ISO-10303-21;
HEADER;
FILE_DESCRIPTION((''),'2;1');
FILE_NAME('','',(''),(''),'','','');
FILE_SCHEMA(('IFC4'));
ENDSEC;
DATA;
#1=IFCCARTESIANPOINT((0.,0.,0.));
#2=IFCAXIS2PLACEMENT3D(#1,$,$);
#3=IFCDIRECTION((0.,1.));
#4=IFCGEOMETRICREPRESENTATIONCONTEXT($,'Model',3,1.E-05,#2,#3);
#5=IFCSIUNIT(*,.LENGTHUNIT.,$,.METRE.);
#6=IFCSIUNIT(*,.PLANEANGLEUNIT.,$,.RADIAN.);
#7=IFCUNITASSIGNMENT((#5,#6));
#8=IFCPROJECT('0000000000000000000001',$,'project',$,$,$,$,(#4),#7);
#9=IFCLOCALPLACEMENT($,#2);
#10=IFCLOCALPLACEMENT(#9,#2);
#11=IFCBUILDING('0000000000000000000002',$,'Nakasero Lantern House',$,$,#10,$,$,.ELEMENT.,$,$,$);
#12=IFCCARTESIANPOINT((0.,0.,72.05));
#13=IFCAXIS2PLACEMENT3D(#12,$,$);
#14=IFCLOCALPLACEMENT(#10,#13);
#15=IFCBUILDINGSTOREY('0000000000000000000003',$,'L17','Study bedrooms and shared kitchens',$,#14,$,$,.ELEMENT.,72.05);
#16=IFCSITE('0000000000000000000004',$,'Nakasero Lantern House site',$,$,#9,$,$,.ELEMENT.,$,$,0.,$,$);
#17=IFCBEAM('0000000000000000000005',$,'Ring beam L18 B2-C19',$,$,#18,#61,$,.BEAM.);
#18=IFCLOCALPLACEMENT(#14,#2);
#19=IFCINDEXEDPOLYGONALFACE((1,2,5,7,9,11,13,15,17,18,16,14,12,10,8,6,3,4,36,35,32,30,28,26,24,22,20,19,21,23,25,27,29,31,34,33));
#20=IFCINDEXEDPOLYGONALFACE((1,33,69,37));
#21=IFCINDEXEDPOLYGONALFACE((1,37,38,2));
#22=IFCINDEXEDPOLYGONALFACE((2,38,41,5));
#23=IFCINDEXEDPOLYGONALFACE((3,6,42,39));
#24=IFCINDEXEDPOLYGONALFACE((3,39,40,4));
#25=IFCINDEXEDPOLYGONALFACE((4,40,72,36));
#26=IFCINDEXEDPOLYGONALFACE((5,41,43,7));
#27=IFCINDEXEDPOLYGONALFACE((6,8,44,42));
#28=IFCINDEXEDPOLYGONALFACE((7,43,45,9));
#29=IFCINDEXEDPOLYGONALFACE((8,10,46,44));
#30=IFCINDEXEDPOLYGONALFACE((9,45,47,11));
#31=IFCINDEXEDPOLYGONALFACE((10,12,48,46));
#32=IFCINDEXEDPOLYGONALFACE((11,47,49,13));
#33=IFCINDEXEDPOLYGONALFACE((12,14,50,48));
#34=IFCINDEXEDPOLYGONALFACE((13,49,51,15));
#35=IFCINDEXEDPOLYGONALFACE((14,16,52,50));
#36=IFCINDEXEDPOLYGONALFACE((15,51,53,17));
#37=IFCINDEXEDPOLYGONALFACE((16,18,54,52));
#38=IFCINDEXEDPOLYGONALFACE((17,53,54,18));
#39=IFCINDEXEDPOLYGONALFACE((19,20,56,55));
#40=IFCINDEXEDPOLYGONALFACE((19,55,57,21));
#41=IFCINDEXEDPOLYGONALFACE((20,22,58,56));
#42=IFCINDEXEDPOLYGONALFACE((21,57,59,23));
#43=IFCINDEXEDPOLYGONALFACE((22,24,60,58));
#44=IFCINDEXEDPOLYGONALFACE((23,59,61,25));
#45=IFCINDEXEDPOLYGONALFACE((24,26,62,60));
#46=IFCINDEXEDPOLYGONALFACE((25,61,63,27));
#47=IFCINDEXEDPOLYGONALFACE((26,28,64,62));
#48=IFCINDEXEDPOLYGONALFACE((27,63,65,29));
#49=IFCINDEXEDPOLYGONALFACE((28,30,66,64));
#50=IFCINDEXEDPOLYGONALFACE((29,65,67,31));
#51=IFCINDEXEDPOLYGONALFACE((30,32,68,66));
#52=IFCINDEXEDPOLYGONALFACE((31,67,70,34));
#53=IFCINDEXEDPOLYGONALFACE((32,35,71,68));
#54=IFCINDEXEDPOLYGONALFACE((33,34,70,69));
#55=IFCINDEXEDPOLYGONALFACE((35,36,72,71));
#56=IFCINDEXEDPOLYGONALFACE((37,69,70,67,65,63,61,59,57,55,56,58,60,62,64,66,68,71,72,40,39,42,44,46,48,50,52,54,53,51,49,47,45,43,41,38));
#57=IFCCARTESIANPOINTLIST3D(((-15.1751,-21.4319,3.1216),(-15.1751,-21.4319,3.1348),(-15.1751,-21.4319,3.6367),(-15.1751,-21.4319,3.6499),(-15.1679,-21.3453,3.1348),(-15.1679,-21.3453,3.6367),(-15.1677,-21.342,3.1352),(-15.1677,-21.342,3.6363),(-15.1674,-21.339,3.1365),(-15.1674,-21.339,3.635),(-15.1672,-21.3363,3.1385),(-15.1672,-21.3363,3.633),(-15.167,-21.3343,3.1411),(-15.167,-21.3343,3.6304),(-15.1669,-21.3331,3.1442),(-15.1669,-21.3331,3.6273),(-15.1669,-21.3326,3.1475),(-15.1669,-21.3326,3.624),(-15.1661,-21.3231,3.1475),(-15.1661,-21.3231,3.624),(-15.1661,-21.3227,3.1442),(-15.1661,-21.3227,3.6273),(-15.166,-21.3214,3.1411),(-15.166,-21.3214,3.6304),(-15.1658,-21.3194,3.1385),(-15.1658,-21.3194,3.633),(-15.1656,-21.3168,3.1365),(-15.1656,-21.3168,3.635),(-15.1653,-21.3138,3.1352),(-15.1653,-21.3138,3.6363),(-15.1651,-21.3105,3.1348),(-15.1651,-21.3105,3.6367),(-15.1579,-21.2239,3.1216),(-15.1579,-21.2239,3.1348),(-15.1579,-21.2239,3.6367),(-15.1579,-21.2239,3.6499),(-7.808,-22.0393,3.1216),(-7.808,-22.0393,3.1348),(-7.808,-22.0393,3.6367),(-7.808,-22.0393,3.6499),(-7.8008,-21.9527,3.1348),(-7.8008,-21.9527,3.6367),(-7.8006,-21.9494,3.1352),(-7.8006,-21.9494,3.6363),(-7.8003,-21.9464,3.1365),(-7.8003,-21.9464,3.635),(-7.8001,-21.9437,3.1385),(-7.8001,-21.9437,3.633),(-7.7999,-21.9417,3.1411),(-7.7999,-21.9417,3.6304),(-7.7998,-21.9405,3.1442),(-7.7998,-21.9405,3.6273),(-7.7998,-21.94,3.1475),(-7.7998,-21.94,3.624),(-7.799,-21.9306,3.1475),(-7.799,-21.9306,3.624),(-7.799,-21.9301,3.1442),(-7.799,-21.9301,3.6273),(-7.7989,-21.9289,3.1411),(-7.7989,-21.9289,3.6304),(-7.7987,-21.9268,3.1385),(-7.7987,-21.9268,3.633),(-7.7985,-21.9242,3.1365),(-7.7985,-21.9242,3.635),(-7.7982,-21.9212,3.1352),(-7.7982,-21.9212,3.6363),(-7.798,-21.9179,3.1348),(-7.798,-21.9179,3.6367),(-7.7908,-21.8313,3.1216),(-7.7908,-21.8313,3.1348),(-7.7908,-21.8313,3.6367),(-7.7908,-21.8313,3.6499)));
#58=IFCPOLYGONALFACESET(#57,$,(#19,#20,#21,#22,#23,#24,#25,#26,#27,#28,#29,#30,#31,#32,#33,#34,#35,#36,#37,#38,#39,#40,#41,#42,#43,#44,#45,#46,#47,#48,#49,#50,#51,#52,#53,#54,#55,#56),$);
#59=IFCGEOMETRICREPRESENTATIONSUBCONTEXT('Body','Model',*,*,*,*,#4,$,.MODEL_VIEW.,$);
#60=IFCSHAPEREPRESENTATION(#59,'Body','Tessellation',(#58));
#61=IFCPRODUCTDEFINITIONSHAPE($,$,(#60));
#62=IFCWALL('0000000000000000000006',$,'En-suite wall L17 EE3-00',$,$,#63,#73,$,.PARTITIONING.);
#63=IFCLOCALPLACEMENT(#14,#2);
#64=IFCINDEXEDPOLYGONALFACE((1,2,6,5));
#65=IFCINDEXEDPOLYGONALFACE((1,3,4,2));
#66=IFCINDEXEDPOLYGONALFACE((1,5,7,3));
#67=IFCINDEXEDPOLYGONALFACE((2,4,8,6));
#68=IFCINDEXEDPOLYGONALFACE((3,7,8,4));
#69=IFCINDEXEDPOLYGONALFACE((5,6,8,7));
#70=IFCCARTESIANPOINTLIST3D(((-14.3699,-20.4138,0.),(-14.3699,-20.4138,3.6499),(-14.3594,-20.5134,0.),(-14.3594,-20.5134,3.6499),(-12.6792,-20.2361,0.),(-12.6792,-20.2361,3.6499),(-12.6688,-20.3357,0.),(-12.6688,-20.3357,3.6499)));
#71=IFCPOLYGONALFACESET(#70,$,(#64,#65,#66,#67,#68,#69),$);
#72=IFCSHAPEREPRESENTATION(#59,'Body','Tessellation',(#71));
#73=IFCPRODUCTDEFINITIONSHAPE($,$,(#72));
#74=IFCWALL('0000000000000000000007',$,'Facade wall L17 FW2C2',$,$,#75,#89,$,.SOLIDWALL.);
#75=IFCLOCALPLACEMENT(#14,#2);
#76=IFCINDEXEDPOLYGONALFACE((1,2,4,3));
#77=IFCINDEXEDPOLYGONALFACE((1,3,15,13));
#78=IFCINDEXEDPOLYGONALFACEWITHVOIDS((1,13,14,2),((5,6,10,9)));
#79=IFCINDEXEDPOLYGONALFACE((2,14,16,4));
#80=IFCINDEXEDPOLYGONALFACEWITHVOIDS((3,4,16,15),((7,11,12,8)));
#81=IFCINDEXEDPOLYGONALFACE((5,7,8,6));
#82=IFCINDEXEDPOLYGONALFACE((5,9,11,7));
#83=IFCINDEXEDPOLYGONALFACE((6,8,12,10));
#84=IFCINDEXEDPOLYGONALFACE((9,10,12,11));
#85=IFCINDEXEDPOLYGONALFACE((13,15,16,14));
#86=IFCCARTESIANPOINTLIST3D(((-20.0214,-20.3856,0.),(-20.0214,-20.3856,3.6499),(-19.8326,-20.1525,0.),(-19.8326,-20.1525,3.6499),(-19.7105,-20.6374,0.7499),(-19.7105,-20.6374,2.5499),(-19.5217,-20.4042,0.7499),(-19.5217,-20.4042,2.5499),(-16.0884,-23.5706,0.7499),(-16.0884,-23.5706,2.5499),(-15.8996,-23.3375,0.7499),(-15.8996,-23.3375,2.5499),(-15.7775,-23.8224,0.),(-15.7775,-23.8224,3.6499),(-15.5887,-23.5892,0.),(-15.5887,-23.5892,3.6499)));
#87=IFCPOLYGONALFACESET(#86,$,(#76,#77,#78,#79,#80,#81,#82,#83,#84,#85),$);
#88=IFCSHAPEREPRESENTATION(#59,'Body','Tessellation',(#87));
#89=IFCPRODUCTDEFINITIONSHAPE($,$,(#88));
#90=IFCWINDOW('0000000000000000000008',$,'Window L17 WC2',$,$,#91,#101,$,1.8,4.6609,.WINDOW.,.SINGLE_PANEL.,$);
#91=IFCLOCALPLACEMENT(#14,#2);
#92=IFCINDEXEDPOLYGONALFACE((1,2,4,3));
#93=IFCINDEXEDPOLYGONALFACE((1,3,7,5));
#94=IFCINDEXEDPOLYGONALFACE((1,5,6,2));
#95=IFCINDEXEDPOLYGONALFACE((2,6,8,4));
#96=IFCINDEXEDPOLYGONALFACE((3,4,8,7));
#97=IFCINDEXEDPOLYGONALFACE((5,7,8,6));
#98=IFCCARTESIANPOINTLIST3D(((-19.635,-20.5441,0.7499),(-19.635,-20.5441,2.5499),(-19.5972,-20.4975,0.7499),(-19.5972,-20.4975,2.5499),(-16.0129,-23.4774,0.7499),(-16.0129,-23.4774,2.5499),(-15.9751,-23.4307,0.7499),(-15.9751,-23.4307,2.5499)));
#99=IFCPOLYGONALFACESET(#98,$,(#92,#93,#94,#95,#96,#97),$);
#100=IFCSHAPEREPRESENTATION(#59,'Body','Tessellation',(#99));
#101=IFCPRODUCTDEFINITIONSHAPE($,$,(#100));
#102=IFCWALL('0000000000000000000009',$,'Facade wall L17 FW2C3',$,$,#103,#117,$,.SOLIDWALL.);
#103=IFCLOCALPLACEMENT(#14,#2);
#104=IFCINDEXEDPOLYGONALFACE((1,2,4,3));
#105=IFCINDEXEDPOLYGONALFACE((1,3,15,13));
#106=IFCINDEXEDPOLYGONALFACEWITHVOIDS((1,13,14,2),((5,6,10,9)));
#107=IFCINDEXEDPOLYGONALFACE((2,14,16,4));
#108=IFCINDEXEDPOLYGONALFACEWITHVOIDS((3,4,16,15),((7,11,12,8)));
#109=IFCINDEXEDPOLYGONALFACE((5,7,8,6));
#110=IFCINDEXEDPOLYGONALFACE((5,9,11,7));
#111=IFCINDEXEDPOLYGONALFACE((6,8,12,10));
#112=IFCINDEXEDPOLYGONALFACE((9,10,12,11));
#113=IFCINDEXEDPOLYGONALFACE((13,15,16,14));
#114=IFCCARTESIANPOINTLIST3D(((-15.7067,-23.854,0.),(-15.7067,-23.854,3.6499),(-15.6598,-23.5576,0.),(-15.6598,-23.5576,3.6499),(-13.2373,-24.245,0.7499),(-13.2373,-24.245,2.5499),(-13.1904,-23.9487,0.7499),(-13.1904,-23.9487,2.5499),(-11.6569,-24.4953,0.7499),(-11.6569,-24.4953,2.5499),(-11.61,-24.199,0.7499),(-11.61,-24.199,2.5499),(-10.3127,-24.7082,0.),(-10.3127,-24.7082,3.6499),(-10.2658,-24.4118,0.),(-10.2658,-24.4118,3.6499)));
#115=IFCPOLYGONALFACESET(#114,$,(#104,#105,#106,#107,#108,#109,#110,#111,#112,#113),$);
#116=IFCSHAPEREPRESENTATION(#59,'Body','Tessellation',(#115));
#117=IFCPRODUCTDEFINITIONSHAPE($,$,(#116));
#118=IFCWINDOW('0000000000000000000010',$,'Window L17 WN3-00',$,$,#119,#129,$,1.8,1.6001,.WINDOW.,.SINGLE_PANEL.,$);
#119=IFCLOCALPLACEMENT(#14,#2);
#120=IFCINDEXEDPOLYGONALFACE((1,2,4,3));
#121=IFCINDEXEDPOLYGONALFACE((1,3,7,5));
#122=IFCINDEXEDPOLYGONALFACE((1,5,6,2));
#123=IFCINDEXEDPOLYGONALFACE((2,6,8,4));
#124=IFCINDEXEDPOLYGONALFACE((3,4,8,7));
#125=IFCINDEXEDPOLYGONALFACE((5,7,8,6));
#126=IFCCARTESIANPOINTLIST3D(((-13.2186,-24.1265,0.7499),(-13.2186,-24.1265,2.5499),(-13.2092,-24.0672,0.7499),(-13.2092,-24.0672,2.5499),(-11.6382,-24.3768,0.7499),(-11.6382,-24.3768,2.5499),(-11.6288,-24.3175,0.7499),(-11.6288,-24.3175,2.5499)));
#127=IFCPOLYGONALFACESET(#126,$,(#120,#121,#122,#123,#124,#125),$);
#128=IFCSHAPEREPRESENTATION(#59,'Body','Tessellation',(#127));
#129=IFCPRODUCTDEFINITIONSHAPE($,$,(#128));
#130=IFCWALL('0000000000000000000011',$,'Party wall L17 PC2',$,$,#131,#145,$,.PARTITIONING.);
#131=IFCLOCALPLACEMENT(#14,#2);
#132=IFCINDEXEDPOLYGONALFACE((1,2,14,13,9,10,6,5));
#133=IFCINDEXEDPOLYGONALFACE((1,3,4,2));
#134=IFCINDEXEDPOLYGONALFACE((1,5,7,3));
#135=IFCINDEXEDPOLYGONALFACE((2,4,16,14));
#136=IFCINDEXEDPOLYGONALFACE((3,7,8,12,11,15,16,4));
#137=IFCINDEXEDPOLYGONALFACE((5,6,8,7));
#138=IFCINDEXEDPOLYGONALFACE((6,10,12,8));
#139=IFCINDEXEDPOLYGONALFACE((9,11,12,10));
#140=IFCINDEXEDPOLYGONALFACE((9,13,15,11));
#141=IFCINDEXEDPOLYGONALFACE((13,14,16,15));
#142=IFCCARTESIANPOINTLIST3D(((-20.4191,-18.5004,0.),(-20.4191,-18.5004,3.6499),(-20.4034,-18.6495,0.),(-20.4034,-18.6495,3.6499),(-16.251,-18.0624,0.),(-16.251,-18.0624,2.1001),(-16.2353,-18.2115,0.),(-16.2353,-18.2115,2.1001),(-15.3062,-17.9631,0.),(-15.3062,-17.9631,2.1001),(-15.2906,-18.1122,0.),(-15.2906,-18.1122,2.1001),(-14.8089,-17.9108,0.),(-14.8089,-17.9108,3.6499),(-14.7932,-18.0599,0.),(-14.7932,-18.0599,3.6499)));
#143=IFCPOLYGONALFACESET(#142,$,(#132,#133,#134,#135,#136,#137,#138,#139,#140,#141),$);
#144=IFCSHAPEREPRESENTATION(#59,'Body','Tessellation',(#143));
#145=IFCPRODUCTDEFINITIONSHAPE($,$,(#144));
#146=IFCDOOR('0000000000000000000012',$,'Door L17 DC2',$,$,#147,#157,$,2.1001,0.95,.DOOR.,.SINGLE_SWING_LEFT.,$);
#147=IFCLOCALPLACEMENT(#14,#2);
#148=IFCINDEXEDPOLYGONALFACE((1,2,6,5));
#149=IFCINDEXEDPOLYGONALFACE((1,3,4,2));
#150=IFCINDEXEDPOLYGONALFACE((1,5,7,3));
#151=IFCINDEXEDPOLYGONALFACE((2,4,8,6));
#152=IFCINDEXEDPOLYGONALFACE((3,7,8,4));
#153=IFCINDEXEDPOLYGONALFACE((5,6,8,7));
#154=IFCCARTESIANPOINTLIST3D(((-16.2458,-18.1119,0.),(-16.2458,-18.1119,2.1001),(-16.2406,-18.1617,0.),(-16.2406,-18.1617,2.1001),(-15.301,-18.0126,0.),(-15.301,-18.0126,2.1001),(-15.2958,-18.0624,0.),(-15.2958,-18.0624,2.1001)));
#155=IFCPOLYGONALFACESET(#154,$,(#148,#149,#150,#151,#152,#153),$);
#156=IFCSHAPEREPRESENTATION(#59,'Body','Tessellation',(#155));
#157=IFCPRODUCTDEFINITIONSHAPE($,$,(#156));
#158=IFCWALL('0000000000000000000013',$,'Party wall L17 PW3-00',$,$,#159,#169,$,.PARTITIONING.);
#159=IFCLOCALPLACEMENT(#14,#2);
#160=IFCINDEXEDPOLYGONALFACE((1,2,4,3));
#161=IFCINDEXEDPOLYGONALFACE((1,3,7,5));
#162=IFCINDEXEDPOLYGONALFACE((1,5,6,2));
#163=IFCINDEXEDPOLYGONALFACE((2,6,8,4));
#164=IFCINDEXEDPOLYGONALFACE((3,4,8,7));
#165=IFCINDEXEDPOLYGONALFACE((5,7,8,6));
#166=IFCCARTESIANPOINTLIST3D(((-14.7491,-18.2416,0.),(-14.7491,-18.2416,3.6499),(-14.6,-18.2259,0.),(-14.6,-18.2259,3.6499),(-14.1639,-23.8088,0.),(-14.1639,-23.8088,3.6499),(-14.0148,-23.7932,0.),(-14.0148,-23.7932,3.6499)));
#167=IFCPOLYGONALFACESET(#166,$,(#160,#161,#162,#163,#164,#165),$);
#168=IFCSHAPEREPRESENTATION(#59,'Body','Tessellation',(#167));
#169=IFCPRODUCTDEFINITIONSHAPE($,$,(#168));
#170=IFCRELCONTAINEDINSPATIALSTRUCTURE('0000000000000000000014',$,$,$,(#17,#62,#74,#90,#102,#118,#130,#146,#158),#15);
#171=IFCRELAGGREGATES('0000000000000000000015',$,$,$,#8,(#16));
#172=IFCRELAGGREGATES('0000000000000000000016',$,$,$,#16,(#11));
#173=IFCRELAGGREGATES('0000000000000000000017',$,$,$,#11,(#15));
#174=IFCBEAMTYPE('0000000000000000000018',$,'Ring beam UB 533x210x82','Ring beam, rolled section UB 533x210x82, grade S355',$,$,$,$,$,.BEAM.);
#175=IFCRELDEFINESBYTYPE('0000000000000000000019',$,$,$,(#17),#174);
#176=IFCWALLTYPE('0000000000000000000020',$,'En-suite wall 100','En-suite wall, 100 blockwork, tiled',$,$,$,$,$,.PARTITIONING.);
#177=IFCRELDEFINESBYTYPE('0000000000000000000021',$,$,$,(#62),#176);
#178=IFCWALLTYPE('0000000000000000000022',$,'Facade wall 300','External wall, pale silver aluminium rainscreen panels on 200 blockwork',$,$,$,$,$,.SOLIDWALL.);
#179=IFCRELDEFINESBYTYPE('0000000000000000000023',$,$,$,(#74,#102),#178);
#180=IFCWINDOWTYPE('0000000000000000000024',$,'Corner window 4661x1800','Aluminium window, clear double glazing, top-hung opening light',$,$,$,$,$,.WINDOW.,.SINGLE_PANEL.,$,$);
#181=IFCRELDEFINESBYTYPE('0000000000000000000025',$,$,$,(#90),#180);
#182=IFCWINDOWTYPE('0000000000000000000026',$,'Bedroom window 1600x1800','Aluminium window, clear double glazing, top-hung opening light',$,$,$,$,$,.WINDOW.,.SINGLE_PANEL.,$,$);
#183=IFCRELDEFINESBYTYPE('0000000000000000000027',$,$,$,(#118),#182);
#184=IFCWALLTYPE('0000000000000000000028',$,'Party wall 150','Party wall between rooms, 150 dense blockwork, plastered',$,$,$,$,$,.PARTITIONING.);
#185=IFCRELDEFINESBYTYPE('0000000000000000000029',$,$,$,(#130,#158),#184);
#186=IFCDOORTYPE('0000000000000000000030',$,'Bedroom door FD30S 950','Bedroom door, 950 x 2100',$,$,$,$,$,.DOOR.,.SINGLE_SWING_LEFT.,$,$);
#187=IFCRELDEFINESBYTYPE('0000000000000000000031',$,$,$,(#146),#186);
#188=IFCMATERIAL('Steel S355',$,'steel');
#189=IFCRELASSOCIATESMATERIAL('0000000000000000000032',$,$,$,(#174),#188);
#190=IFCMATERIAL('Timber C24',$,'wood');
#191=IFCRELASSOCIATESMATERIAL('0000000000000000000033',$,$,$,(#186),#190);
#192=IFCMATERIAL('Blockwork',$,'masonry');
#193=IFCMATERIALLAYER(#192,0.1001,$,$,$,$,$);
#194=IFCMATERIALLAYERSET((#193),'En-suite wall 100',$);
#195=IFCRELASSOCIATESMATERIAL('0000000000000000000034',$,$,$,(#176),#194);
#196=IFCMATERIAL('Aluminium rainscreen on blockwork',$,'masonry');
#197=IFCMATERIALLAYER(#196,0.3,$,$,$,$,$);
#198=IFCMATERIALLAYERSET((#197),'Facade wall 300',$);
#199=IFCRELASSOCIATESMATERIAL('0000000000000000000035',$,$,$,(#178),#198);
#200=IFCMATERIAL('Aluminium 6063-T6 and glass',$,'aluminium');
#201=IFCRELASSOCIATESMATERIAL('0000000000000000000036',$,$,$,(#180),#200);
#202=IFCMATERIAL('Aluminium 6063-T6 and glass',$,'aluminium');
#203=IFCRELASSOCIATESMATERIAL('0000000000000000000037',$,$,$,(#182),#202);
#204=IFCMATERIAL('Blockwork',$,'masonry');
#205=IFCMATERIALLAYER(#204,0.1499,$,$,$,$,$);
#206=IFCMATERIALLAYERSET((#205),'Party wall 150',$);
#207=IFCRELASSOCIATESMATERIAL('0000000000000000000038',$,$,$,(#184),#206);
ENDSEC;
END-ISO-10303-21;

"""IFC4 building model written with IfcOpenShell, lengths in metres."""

from ifc_helpers import new_model, si_unit, direction, frame, frame_2d, origin, origin_2d, place, context, subcontext, project, spatial, rectangle, i_section, extrude, material, layer, layer_set, material_profile, profile_set, type_object, element, fill, save


model = new_model("IFC4")

# Units and contexts
model_context = context("Model", 3, precision=1e-05, world=origin(), true_north=direction((0.0, 1.0)))
body_context = subcontext(model_context, "Body", "Model", "MODEL_VIEW")
ifc_project = project(units=[si_unit("LENGTHUNIT", "METRE"), si_unit("PLANEANGLEUNIT", "RADIAN")], contexts=[model_context])

# Site, building, storey
site_placement = place(None, origin())
site = spatial("IfcSite", under=ifc_project, at=site_placement, Name="Nakasero Lantern House site", CompositionType="ELEMENT", RefElevation=0.0)
building_placement = place(site_placement, origin())
building = spatial("IfcBuilding", under=site, at=building_placement, Name="Nakasero Lantern House", CompositionType="ELEMENT")
storey_placement = place(building_placement, frame((0.0, 0.0, 72.05)))
storey = spatial("IfcBuildingStorey", under=building, at=storey_placement, Name="L17", Description="Study bedrooms and shared kitchens", CompositionType="ELEMENT", Elevation=72.05)

# Beam
ifc_material_1 = material(Name="Steel S355", Category="steel")
ifc_material_profile_1 = material_profile(ifc_material_1, i_section(OverallWidth=0.2087, OverallDepth=0.5283, WebThickness=0.0095, FlangeThickness=0.0132, FilletRadius=0.0127, at=origin_2d()), Name="UB 533x210x82")
ifc_profile_set_1 = profile_set([ifc_material_profile_1], Name="Steel S355")
beam_type_1 = type_object("IfcBeamType", Name="Ring beam UB 533x210x82", Description="Ring beam, rolled section UB 533x210x82, grade S355", PredefinedType="BEAM", material=ifc_profile_set_1)
beam_1_placement = place(storey_placement, frame((-15.1665, -21.3279, 3.3857), z_axis=(0.996618, -0.082171, 0.0), x_axis=(0.082171, 0.996618, 0.0)))
element("IfcBeam", 1, at=beam_1_placement, inside=storey, type_object=beam_type_1, Name="Ring beam L18 B2-C19", PredefinedType="BEAM", context=body_context, shape_type="SweptSolid", body=[
    extrude(i_section(OverallWidth=0.2087, OverallDepth=0.5283, WebThickness=0.0095, FlangeThickness=0.0132, FilletRadius=0.0127, at=origin_2d()), origin(), (0.0, 0.0, 1.0), 7.3921),
])

# Shared definitions
ifc_material_2 = material(Name="Timber C24", Category="wood")
door_type_1 = type_object("IfcDoorType", Name="Bedroom door FD30S 950", Description="Bedroom door, 950 x 2100", OperationType="SINGLE_SWING_LEFT", PredefinedType="DOOR", material=ifc_material_2)

# Wall
ifc_material_3 = material(Name="Blockwork", Category="masonry")
ifc_layer_1 = layer(ifc_material_3, 0.1001)
ifc_layer_set_1 = layer_set([ifc_layer_1], Name="En-suite wall 100")
wall_type_1 = type_object("IfcWallType", Name="En-suite wall 100", Description="En-suite wall, 100 blockwork, tiled", PredefinedType="PARTITIONING", material=ifc_layer_set_1)
wall_1_placement = place(storey_placement, frame((-14.3647, -20.4636, 0.0), z_axis=(0.0, 0.0, 1.0), x_axis=(0.99452, 0.10455, 0.0)))
element("IfcWall", 2, at=wall_1_placement, inside=storey, type_object=wall_type_1, Name="En-suite wall L17 EE3-00", PredefinedType="PARTITIONING", context=body_context, shape_type="SweptSolid", body=[
    extrude(rectangle(XDim=1.7, YDim=0.1001, at=frame_2d((0.8501, 0.0))), origin(), (0.0, 0.0, 1.0), 3.6499),
])

# Walls, openings, windows
ifc_material_4 = material(Name="Aluminium rainscreen on blockwork", Category="masonry")
ifc_layer_2 = layer(ifc_material_4, 0.3)
ifc_layer_set_2 = layer_set([ifc_layer_2], Name="Facade wall 300")
wall_type_2 = type_object("IfcWallType", Name="Facade wall 300", Description="External wall, pale silver aluminium rainscreen panels on 200 blockwork", PredefinedType="SOLIDWALL", material=ifc_layer_set_2)
wall_2_placement = place(storey_placement, frame((-19.927, -20.269, 0.0), z_axis=(0.0, 0.0, 1.0), x_axis=(0.777135, -0.629335, 0.0)))
wall_2 = element("IfcWall", 3, at=wall_2_placement, inside=storey, type_object=wall_type_2, Name="Facade wall L17 FW2C2", PredefinedType="SOLIDWALL", context=body_context, shape_type="SweptSolid", body=[
    extrude(rectangle(XDim=5.4609, YDim=0.3, at=frame_2d((2.7305, 0.0))), origin(), (0.0, 0.0, 1.0), 3.6499),
])
opening_1_placement = place(wall_2_placement, frame((0.3999, 0.0, 0.75)))
opening_1 = element("IfcOpeningElement", 4, at=opening_1_placement, cuts=wall_2, PredefinedType="OPENING", context=body_context, shape_type="SweptSolid", body=[
    extrude(rectangle(XDim=4.6609, YDim=1.8, at=frame_2d((2.3306, 0.8999))), frame((0.0, 0.1699, 0.0), z_axis=(0.0, -1.0, 0.0), x_axis=(1.0, 0.0, 0.0)), (0.0, 0.0, 1.0), 0.3401),
])
ifc_material_5 = material(Name="Aluminium 6063-T6 and glass", Category="aluminium")
window_type_1 = type_object("IfcWindowType", Name="Corner window 4661x1800", Description="Aluminium window, clear double glazing, top-hung opening light", PartitioningType="SINGLE_PANEL", PredefinedType="WINDOW", material=ifc_material_5)
window_1_placement = place(opening_1_placement, origin())
window_1 = element("IfcWindow", 5, at=window_1_placement, inside=storey, type_object=window_type_1, Name="Window L17 WC2", OverallHeight=1.8, OverallWidth=4.6609, PartitioningType="SINGLE_PANEL", PredefinedType="WINDOW", context=body_context, shape_type="SweptSolid", body=[
    extrude(rectangle(XDim=4.6609, YDim=1.8, at=frame_2d((2.3306, 0.8999))), frame((0.0, 0.03, 0.0), z_axis=(0.0, -1.0, 0.0), x_axis=(1.0, 0.0, 0.0)), (0.0, 0.0, 1.0), 0.0601),
])
fill(opening_1, window_1)
wall_3_placement = place(storey_placement, frame((-15.6831, -23.7058, 0.0), z_axis=(0.0, 0.0, 1.0), x_axis=(0.987691, -0.156419, 0.0)))
wall_3 = element("IfcWall", 6, at=wall_3_placement, inside=storey, type_object=wall_type_2, Name="Facade wall L17 FW2C3", PredefinedType="SOLIDWALL", context=body_context, shape_type="SweptSolid", body=[
    extrude(rectangle(XDim=5.4612, YDim=0.3, at=frame_2d((2.7305, 0.0))), origin(), (0.0, 0.0, 1.0), 3.6499),
])
opening_2_placement = place(wall_3_placement, frame((2.5, 0.0, 0.75)))
opening_2 = element("IfcOpeningElement", 7, at=opening_2_placement, cuts=wall_3, PredefinedType="OPENING", context=body_context, shape_type="SweptSolid", body=[
    extrude(rectangle(XDim=1.6001, YDim=1.8, at=frame_2d((0.8, 0.8999))), frame((0.0, 0.1699, 0.0), z_axis=(0.0, -1.0, 0.0), x_axis=(1.0, 0.0, 0.0)), (0.0, 0.0, 1.0), 0.3401),
])
ifc_material_6 = material(Name="Aluminium 6063-T6 and glass", Category="aluminium")
window_type_2 = type_object("IfcWindowType", Name="Bedroom window 1600x1800", Description="Aluminium window, clear double glazing, top-hung opening light", PartitioningType="SINGLE_PANEL", PredefinedType="WINDOW", material=ifc_material_6)
window_2_placement = place(opening_2_placement, origin())
window_2 = element("IfcWindow", 8, at=window_2_placement, inside=storey, type_object=window_type_2, Name="Window L17 WN3-00", OverallHeight=1.8, OverallWidth=1.6001, PartitioningType="SINGLE_PANEL", PredefinedType="WINDOW", context=body_context, shape_type="SweptSolid", body=[
    extrude(rectangle(XDim=1.6001, YDim=1.8, at=frame_2d((0.8, 0.8999))), frame((0.0, 0.03, 0.0), z_axis=(0.0, -1.0, 0.0), x_axis=(1.0, 0.0, 0.0)), (0.0, 0.0, 1.0), 0.0601),
])
fill(opening_2, window_2)

# Wall, opening, door
ifc_material_7 = material(Name="Blockwork", Category="masonry")
ifc_layer_3 = layer(ifc_material_7, 0.1499)
ifc_layer_set_3 = layer_set([ifc_layer_3], Name="Party wall 150")
wall_type_3 = type_object("IfcWallType", Name="Party wall 150", Description="Party wall between rooms, 150 dense blockwork, plastered", PredefinedType="PARTITIONING", material=ifc_layer_set_3)
wall_4_placement = place(storey_placement, frame((-14.801, -17.9854, 0.0), z_axis=(0.0, 0.0, 1.0), x_axis=(-0.994523, -0.10452, 0.0)))
wall_4 = element("IfcWall", 9, at=wall_4_placement, inside=storey, type_object=wall_type_3, Name="Party wall L17 PC2", PredefinedType="PARTITIONING", context=body_context, shape_type="SweptSolid", body=[
    extrude(rectangle(XDim=5.6411, YDim=0.1499, at=frame_2d((2.8206, 0.0))), origin(), (0.0, 0.0, 1.0), 3.6499),
])
opening_3_placement = place(wall_4_placement, frame((0.5, 0.0, 0.0)))
opening_3 = element("IfcOpeningElement", 10, at=opening_3_placement, cuts=wall_4, PredefinedType="OPENING", context=body_context, shape_type="SweptSolid", body=[
    extrude(rectangle(XDim=0.95, YDim=2.1001, at=frame_2d((0.4751, 1.05))), frame((0.0, 0.095, 0.0), z_axis=(0.0, -1.0, 0.0), x_axis=(1.0, 0.0, 0.0)), (0.0, 0.0, 1.0), 0.1899),
])
door_1_placement = place(opening_3_placement, origin())
door_1 = element("IfcDoor", 11, at=door_1_placement, inside=storey, type_object=door_type_1, Name="Door L17 DC2", OperationType="SINGLE_SWING_LEFT", OverallHeight=2.1001, OverallWidth=0.95, PredefinedType="DOOR", context=body_context, shape_type="SweptSolid", body=[
    extrude(rectangle(XDim=0.95, YDim=2.1001, at=frame_2d((0.4751, 1.05))), frame((0.0, 0.0249, 0.0), z_axis=(0.0, -1.0, 0.0), x_axis=(1.0, 0.0, 0.0)), (0.0, 0.0, 1.0), 0.05),
])
fill(opening_3, door_1)

# Wall
wall_5_placement = place(storey_placement, frame((-14.6746, -18.2339, 0.0), z_axis=(0.0, 0.0, 1.0), x_axis=(0.104542, -0.99452, 0.0)))
element("IfcWall", 12, at=wall_5_placement, inside=storey, type_object=wall_type_3, Name="Party wall L17 PW3-00", PredefinedType="PARTITIONING", context=body_context, shape_type="SweptSolid", body=[
    extrude(rectangle(XDim=5.5979, YDim=0.1499, at=frame_2d((2.7988, 0.0))), origin(), (0.0, 0.0, 1.0), 3.6499),
])

save(model, "model.ifc")
